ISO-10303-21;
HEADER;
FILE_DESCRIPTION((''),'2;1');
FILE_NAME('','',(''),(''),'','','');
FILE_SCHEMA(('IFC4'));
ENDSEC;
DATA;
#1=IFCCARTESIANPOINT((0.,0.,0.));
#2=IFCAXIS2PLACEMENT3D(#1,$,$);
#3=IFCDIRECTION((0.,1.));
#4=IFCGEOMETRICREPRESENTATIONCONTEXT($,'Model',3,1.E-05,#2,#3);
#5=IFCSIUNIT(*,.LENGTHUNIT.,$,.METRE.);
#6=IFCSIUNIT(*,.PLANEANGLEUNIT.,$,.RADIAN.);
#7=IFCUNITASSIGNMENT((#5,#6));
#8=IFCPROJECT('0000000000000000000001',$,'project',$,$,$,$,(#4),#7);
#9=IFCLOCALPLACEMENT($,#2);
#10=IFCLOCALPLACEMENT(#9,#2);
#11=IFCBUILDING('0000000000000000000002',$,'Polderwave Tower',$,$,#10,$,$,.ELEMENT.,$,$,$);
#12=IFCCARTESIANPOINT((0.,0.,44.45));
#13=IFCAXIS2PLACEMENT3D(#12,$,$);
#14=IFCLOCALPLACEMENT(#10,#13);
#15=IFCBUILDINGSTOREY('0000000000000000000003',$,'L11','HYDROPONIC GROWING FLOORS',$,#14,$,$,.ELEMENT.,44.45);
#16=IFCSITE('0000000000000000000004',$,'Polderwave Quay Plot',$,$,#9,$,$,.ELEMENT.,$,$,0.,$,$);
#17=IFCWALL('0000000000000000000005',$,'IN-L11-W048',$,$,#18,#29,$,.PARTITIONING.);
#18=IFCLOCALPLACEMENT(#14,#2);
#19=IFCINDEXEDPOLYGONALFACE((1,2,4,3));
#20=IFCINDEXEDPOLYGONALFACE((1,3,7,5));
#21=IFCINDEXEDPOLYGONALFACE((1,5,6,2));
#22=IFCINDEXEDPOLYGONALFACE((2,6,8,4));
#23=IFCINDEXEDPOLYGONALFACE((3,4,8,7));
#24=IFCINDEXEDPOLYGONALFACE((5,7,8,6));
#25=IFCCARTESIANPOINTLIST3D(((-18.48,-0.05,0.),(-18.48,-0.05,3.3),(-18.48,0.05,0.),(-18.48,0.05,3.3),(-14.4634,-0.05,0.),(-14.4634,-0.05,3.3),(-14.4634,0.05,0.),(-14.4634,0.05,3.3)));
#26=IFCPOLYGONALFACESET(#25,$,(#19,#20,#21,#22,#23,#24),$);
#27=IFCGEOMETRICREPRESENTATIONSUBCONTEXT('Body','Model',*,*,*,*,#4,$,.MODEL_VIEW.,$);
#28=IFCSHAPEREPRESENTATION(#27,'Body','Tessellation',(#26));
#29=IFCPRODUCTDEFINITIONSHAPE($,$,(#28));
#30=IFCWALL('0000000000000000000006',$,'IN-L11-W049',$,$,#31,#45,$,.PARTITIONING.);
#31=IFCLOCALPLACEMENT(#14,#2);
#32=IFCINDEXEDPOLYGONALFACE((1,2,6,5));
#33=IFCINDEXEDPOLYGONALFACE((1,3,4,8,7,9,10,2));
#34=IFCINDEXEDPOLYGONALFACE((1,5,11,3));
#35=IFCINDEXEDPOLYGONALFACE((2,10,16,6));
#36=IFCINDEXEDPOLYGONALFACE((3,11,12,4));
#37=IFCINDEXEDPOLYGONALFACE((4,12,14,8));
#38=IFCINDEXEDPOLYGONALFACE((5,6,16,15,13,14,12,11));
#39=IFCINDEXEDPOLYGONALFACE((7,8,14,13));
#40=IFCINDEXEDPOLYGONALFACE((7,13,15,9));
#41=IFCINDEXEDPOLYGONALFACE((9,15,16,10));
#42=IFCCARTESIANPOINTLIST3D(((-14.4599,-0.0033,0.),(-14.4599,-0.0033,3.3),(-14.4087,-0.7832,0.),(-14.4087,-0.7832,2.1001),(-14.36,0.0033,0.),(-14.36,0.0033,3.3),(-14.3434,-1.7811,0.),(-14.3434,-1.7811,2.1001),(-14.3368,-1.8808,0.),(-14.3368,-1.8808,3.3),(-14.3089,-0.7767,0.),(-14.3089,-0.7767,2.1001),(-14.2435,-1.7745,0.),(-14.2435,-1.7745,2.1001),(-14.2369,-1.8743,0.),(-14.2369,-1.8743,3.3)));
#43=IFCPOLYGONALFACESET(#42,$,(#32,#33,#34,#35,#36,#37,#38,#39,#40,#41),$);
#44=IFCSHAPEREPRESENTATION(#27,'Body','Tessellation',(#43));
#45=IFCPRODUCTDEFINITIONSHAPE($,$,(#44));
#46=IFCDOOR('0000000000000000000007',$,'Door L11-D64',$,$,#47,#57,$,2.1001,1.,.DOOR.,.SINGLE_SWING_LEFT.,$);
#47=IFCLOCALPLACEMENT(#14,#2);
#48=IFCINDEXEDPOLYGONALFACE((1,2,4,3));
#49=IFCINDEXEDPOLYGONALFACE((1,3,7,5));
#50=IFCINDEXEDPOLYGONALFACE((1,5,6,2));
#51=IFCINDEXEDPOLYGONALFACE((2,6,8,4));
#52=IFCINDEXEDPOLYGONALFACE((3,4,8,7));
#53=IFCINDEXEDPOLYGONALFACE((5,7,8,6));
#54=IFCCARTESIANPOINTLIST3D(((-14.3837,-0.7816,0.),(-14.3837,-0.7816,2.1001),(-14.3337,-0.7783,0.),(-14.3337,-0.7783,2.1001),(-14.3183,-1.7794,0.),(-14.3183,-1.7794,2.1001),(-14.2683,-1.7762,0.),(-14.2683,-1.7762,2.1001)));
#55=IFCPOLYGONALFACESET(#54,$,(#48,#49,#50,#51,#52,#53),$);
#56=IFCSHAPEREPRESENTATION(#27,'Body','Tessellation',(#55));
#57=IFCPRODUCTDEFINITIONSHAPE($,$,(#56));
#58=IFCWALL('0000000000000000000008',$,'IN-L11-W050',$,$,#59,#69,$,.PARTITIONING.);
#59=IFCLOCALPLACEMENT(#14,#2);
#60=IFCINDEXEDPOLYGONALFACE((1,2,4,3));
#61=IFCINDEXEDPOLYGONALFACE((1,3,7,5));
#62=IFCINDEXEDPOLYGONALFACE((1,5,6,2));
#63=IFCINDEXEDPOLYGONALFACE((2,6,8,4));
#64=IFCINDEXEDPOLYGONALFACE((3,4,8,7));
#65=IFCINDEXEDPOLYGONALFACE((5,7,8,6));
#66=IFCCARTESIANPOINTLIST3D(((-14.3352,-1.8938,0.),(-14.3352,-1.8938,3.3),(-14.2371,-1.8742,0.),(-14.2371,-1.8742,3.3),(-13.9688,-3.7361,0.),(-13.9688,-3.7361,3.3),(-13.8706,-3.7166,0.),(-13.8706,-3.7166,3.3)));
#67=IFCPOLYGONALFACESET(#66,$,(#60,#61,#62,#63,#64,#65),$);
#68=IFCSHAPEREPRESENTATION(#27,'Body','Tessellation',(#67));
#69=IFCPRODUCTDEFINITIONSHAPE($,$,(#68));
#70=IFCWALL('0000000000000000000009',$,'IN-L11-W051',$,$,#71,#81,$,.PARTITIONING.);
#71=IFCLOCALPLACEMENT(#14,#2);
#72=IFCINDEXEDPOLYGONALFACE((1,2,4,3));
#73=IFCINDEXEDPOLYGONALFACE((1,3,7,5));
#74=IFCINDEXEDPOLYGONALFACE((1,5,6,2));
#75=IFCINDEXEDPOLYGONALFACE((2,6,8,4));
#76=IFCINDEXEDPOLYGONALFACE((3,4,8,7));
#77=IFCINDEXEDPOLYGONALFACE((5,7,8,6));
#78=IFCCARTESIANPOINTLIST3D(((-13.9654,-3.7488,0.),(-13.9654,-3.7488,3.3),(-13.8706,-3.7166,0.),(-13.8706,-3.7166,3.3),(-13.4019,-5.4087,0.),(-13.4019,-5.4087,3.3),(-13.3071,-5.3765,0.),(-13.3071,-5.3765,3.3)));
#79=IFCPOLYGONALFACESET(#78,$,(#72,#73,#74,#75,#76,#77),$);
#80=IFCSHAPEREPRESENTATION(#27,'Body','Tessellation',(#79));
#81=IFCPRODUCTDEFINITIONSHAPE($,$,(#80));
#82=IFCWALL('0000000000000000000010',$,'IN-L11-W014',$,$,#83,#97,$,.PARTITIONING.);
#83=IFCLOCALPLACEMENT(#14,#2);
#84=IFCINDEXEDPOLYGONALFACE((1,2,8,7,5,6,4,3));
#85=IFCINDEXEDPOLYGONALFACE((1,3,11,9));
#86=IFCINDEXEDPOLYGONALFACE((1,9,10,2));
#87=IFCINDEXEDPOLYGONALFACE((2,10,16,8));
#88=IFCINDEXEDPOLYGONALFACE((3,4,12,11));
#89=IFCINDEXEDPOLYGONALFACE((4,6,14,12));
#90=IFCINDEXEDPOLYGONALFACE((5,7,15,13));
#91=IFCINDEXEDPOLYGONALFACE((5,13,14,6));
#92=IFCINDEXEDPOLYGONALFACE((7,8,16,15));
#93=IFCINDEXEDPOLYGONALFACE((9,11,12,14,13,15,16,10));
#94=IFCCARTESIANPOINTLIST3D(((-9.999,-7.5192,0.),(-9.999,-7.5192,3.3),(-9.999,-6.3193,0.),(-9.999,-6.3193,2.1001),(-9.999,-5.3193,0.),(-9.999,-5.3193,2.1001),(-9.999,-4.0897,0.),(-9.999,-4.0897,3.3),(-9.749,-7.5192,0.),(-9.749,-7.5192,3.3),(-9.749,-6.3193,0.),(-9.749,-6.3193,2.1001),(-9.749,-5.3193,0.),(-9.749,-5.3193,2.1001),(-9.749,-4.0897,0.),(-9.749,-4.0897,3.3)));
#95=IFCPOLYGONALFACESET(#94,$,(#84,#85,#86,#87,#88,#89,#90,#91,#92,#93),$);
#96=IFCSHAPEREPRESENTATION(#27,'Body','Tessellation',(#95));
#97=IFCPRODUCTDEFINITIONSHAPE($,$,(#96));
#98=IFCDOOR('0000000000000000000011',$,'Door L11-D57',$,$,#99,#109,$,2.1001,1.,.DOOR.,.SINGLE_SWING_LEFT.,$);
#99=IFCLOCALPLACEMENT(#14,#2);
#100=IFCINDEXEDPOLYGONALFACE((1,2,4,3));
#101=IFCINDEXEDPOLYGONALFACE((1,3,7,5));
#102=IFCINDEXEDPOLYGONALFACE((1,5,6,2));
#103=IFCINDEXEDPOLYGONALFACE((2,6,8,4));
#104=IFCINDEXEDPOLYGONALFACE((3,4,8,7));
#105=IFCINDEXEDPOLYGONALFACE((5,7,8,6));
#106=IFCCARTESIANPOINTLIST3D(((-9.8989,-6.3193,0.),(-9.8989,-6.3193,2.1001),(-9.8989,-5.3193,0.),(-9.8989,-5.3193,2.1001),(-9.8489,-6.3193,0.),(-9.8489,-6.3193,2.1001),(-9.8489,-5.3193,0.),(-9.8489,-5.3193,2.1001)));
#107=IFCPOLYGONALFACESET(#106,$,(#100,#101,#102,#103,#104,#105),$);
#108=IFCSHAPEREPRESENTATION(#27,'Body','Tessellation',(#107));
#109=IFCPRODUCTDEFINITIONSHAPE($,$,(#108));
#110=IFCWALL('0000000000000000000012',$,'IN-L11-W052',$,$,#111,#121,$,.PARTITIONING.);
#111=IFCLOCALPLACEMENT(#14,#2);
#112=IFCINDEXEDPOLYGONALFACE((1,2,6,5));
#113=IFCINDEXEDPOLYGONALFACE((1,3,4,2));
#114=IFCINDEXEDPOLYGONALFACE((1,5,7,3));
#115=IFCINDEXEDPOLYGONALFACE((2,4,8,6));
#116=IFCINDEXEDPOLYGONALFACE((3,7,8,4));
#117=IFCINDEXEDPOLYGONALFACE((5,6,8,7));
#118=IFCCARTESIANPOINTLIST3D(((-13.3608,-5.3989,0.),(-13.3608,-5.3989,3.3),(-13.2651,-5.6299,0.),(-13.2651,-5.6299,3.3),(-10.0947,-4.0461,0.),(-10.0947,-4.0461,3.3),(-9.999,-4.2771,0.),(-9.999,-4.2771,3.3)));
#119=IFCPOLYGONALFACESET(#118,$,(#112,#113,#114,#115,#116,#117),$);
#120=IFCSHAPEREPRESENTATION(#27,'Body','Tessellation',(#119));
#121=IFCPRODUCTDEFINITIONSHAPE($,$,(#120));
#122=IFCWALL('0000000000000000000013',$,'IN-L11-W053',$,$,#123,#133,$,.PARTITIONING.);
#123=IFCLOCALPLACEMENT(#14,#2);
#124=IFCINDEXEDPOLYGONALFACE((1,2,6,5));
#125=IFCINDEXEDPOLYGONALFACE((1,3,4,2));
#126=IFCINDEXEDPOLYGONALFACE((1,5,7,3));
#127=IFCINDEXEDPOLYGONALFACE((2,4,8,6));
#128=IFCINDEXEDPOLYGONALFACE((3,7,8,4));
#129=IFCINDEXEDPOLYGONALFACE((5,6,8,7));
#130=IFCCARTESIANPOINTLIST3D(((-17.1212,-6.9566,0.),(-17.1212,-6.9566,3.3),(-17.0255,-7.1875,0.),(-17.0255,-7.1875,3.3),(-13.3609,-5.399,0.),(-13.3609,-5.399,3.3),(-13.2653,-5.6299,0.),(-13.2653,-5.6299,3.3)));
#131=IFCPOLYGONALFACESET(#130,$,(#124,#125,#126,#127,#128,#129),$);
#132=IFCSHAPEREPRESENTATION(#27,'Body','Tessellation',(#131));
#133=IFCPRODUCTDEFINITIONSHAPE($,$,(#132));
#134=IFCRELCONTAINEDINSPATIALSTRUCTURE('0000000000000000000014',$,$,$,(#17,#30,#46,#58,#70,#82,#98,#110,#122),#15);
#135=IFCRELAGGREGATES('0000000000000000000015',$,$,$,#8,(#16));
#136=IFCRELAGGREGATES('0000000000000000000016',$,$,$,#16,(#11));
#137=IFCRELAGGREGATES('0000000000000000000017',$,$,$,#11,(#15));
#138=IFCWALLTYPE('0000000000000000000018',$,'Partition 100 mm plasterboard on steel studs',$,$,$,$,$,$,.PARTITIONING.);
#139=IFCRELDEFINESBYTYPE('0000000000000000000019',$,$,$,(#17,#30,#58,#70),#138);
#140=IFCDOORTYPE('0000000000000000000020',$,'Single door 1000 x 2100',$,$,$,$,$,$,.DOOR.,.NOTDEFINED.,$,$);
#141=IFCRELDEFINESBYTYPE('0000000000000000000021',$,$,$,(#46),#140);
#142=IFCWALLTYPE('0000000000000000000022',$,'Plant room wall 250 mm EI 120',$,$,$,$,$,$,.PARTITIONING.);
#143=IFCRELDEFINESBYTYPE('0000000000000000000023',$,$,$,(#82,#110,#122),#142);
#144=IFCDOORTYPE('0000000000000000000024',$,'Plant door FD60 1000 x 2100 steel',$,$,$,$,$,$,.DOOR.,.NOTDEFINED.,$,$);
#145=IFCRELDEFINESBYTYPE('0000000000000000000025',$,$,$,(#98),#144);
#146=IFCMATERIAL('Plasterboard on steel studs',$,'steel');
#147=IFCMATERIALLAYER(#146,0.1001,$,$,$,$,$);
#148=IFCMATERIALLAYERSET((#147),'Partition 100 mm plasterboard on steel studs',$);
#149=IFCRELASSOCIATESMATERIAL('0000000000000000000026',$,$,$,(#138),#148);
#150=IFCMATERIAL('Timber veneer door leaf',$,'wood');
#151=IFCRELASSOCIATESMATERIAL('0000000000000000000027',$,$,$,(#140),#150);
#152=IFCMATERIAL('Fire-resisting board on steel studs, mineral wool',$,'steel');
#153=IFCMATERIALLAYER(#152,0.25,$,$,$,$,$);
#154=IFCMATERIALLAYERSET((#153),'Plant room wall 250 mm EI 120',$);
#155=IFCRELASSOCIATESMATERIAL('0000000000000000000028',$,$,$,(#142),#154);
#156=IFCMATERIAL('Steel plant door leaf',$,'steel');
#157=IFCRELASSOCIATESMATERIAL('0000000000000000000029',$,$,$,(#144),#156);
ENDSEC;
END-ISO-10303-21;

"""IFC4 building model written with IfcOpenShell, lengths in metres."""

from ifc_helpers import new_model, si_unit, direction, frame, frame_2d, origin, place, context, subcontext, project, spatial, rectangle, extrude, material, layer, layer_set, type_object, element, fill, save


model = new_model("IFC4")

# Units and contexts
model_context = context("Model", 3, precision=1e-05, world=origin(), true_north=direction((0.0, 1.0)))
body_context = subcontext(model_context, "Body", "Model", "MODEL_VIEW")
ifc_project = project(units=[si_unit("LENGTHUNIT", "METRE"), si_unit("PLANEANGLEUNIT", "RADIAN")], contexts=[model_context])

# Site, building, storey
site_placement = place(None, origin())
site = spatial("IfcSite", under=ifc_project, at=site_placement, Name="Polderwave Quay Plot", CompositionType="ELEMENT", RefElevation=0.0)
building_placement = place(site_placement, origin())
building = spatial("IfcBuilding", under=site, at=building_placement, Name="Polderwave Tower", CompositionType="ELEMENT")
storey_placement = place(building_placement, frame((0.0, 0.0, 44.45)))
storey = spatial("IfcBuildingStorey", under=building, at=storey_placement, Name="L11", Description="HYDROPONIC GROWING FLOORS", CompositionType="ELEMENT", Elevation=44.45)

# Shared definitions
ifc_material_1 = material(Name="Plasterboard on steel studs", Category="steel")
ifc_layer_1 = layer(ifc_material_1, 0.1001)
ifc_layer_set_1 = layer_set([ifc_layer_1], Name="Partition 100 mm plasterboard on steel studs")
wall_type_1 = type_object("IfcWallType", Name="Partition 100 mm plasterboard on steel studs", PredefinedType="PARTITIONING", material=ifc_layer_set_1)
ifc_material_2 = material(Name="Timber veneer door leaf", Category="wood")
door_type_1 = type_object("IfcDoorType", Name="Single door 1000 x 2100", OperationType="NOTDEFINED", PredefinedType="DOOR", material=ifc_material_2)

# Wall
wall_1_placement = place(storey_placement, frame((-14.4634, 0.0, 0.0), z_axis=(0.0, 0.0, 1.0), x_axis=(-1.0, 0.0, 0.0)))
element("IfcWall", 1, at=wall_1_placement, inside=storey, type_object=wall_type_1, Name="IN-L11-W048", PredefinedType="PARTITIONING", context=body_context, shape_type="SweptSolid", body=[
    extrude(rectangle(XDim=4.0166, YDim=0.1001, at=frame_2d((2.0083, 0.0))), origin(), (0.0, 0.0, 1.0), 3.3),
])

# Wall, opening, door
wall_2_placement = place(storey_placement, frame((-14.2869, -1.8777, 0.0), z_axis=(0.0, 0.0, 1.0), x_axis=(-0.065391, 0.99786, 0.0)))
wall_2 = element("IfcWall", 2, at=wall_2_placement, inside=storey, type_object=wall_type_1, Name="IN-L11-W049", PredefinedType="PARTITIONING", context=body_context, shape_type="SweptSolid", body=[
    extrude(rectangle(XDim=1.8816, YDim=0.1001, at=frame_2d((0.9409, 0.0))), origin(), (0.0, 0.0, 1.0), 3.3),
])
opening_1_placement = place(wall_2_placement, frame((0.1001, 0.0, 0.0)))
opening_1 = element("IfcOpeningElement", 3, at=opening_1_placement, cuts=wall_2, PredefinedType="OPENING", context=body_context, shape_type="SweptSolid", body=[
    extrude(rectangle(XDim=1.0, YDim=2.1001, at=frame_2d((0.5, 1.05))), frame((0.0, 0.0601, 0.0), z_axis=(0.0, -1.0, 0.0), x_axis=(1.0, 0.0, 0.0)), (0.0, 0.0, 1.0), 0.1201),
])
door_1_placement = place(opening_1_placement, origin())
door_1 = element("IfcDoor", 4, at=door_1_placement, inside=storey, type_object=door_type_1, Name="Door L11-D64", OperationType="SINGLE_SWING_LEFT", OverallHeight=2.1001, OverallWidth=1.0, PredefinedType="DOOR", context=body_context, shape_type="SweptSolid", body=[
    extrude(rectangle(XDim=1.0, YDim=2.1001, at=frame_2d((0.5, 1.05))), frame((0.0, 0.0249, 0.0), z_axis=(0.0, -1.0, 0.0), x_axis=(1.0, 0.0, 0.0)), (0.0, 0.0, 1.0), 0.05),
])
fill(opening_1, door_1)

# Walls
wall_3_placement = place(storey_placement, frame((-13.9197, -3.7263, 0.0), z_axis=(0.0, 0.0, 1.0), x_axis=(-0.195091, 0.980785, 0.0)))
element("IfcWall", 5, at=wall_3_placement, inside=storey, type_object=wall_type_1, Name="IN-L11-W050", PredefinedType="PARTITIONING", context=body_context, shape_type="SweptSolid", body=[
    extrude(rectangle(XDim=1.8784, YDim=0.1001, at=frame_2d((0.9392, 0.0))), origin(), (0.0, 0.0, 1.0), 3.3),
])
wall_4_placement = place(storey_placement, frame((-13.3545, -5.3926, 0.0), z_axis=(0.0, 0.0, 1.0), x_axis=(-0.321446, 0.946928, 0.0)))
element("IfcWall", 6, at=wall_4_placement, inside=storey, type_object=wall_type_1, Name="IN-L11-W051", PredefinedType="PARTITIONING", context=body_context, shape_type="SweptSolid", body=[
    extrude(rectangle(XDim=1.7529, YDim=0.1001, at=frame_2d((0.8765, 0.0))), origin(), (0.0, 0.0, 1.0), 3.3),
])

# Wall, opening, door
ifc_material_3 = material(Name="Fire-resisting board on steel studs, mineral wool", Category="steel")
ifc_layer_2 = layer(ifc_material_3, 0.25)
ifc_layer_set_2 = layer_set([ifc_layer_2], Name="Plant room wall 250 mm EI 120")
wall_type_2 = type_object("IfcWallType", Name="Plant room wall 250 mm EI 120", PredefinedType="PARTITIONING", material=ifc_layer_set_2)
wall_5_placement = place(storey_placement, frame((-9.874, -7.5193, 0.0), z_axis=(0.0, 0.0, 1.0), x_axis=(0.0, 1.0, 0.0)))
wall_5 = element("IfcWall", 7, at=wall_5_placement, inside=storey, type_object=wall_type_2, Name="IN-L11-W014", PredefinedType="PARTITIONING", context=body_context, shape_type="SweptSolid", body=[
    extrude(rectangle(XDim=3.4294, YDim=0.25, at=frame_2d((1.7148, 0.0))), origin(), (0.0, 0.0, 1.0), 3.3),
])
opening_2_placement = place(wall_5_placement, frame((1.2, 0.0, 0.0)))
opening_2 = element("IfcOpeningElement", 8, at=opening_2_placement, cuts=wall_5, PredefinedType="OPENING", context=body_context, shape_type="SweptSolid", body=[
    extrude(rectangle(XDim=1.0, YDim=2.1001, at=frame_2d((0.5, 1.05))), frame((0.0, 0.135, 0.0), z_axis=(0.0, -1.0, 0.0), x_axis=(1.0, 0.0, 0.0)), (0.0, 0.0, 1.0), 0.27),
])
ifc_material_4 = material(Name="Steel plant door leaf", Category="steel")
door_type_2 = type_object("IfcDoorType", Name="Plant door FD60 1000 x 2100 steel", OperationType="NOTDEFINED", PredefinedType="DOOR", material=ifc_material_4)
door_2_placement = place(opening_2_placement, origin())
door_2 = element("IfcDoor", 9, at=door_2_placement, inside=storey, type_object=door_type_2, Name="Door L11-D57", OperationType="SINGLE_SWING_LEFT", OverallHeight=2.1001, OverallWidth=1.0, PredefinedType="DOOR", context=body_context, shape_type="SweptSolid", body=[
    extrude(rectangle(XDim=1.0, YDim=2.1001, at=frame_2d((0.5, 1.05))), frame((0.0, 0.0249, 0.0), z_axis=(0.0, -1.0, 0.0), x_axis=(1.0, 0.0, 0.0)), (0.0, 0.0, 1.0), 0.05),
])
fill(opening_2, door_2)

# Walls
wall_6_placement = place(storey_placement, frame((-10.0469, -4.1616, 0.0), z_axis=(0.0, 0.0, 1.0), x_axis=(-0.923888, -0.382663, 0.0)))
element("IfcWall", 10, at=wall_6_placement, inside=storey, type_object=wall_type_2, Name="IN-L11-W052", PredefinedType="PARTITIONING", context=body_context, shape_type="SweptSolid", body=[
    extrude(rectangle(XDim=3.5352, YDim=0.25, at=frame_2d((1.7676, 0.0))), origin(), (0.0, 0.0, 1.0), 3.3),
])
wall_7_placement = place(storey_placement, frame((-13.313, -5.5144, 0.0), z_axis=(0.0, 0.0, 1.0), x_axis=(-0.923874, -0.382698, 0.0)))
element("IfcWall", 11, at=wall_7_placement, inside=storey, type_object=wall_type_2, Name="IN-L11-W053", PredefinedType="PARTITIONING", context=body_context, shape_type="SweptSolid", body=[
    extrude(rectangle(XDim=4.0701, YDim=0.25, at=frame_2d((2.0352, 0.0))), origin(), (0.0, 0.0, 1.0), 3.3),
])

save(model, "model.ifc")
